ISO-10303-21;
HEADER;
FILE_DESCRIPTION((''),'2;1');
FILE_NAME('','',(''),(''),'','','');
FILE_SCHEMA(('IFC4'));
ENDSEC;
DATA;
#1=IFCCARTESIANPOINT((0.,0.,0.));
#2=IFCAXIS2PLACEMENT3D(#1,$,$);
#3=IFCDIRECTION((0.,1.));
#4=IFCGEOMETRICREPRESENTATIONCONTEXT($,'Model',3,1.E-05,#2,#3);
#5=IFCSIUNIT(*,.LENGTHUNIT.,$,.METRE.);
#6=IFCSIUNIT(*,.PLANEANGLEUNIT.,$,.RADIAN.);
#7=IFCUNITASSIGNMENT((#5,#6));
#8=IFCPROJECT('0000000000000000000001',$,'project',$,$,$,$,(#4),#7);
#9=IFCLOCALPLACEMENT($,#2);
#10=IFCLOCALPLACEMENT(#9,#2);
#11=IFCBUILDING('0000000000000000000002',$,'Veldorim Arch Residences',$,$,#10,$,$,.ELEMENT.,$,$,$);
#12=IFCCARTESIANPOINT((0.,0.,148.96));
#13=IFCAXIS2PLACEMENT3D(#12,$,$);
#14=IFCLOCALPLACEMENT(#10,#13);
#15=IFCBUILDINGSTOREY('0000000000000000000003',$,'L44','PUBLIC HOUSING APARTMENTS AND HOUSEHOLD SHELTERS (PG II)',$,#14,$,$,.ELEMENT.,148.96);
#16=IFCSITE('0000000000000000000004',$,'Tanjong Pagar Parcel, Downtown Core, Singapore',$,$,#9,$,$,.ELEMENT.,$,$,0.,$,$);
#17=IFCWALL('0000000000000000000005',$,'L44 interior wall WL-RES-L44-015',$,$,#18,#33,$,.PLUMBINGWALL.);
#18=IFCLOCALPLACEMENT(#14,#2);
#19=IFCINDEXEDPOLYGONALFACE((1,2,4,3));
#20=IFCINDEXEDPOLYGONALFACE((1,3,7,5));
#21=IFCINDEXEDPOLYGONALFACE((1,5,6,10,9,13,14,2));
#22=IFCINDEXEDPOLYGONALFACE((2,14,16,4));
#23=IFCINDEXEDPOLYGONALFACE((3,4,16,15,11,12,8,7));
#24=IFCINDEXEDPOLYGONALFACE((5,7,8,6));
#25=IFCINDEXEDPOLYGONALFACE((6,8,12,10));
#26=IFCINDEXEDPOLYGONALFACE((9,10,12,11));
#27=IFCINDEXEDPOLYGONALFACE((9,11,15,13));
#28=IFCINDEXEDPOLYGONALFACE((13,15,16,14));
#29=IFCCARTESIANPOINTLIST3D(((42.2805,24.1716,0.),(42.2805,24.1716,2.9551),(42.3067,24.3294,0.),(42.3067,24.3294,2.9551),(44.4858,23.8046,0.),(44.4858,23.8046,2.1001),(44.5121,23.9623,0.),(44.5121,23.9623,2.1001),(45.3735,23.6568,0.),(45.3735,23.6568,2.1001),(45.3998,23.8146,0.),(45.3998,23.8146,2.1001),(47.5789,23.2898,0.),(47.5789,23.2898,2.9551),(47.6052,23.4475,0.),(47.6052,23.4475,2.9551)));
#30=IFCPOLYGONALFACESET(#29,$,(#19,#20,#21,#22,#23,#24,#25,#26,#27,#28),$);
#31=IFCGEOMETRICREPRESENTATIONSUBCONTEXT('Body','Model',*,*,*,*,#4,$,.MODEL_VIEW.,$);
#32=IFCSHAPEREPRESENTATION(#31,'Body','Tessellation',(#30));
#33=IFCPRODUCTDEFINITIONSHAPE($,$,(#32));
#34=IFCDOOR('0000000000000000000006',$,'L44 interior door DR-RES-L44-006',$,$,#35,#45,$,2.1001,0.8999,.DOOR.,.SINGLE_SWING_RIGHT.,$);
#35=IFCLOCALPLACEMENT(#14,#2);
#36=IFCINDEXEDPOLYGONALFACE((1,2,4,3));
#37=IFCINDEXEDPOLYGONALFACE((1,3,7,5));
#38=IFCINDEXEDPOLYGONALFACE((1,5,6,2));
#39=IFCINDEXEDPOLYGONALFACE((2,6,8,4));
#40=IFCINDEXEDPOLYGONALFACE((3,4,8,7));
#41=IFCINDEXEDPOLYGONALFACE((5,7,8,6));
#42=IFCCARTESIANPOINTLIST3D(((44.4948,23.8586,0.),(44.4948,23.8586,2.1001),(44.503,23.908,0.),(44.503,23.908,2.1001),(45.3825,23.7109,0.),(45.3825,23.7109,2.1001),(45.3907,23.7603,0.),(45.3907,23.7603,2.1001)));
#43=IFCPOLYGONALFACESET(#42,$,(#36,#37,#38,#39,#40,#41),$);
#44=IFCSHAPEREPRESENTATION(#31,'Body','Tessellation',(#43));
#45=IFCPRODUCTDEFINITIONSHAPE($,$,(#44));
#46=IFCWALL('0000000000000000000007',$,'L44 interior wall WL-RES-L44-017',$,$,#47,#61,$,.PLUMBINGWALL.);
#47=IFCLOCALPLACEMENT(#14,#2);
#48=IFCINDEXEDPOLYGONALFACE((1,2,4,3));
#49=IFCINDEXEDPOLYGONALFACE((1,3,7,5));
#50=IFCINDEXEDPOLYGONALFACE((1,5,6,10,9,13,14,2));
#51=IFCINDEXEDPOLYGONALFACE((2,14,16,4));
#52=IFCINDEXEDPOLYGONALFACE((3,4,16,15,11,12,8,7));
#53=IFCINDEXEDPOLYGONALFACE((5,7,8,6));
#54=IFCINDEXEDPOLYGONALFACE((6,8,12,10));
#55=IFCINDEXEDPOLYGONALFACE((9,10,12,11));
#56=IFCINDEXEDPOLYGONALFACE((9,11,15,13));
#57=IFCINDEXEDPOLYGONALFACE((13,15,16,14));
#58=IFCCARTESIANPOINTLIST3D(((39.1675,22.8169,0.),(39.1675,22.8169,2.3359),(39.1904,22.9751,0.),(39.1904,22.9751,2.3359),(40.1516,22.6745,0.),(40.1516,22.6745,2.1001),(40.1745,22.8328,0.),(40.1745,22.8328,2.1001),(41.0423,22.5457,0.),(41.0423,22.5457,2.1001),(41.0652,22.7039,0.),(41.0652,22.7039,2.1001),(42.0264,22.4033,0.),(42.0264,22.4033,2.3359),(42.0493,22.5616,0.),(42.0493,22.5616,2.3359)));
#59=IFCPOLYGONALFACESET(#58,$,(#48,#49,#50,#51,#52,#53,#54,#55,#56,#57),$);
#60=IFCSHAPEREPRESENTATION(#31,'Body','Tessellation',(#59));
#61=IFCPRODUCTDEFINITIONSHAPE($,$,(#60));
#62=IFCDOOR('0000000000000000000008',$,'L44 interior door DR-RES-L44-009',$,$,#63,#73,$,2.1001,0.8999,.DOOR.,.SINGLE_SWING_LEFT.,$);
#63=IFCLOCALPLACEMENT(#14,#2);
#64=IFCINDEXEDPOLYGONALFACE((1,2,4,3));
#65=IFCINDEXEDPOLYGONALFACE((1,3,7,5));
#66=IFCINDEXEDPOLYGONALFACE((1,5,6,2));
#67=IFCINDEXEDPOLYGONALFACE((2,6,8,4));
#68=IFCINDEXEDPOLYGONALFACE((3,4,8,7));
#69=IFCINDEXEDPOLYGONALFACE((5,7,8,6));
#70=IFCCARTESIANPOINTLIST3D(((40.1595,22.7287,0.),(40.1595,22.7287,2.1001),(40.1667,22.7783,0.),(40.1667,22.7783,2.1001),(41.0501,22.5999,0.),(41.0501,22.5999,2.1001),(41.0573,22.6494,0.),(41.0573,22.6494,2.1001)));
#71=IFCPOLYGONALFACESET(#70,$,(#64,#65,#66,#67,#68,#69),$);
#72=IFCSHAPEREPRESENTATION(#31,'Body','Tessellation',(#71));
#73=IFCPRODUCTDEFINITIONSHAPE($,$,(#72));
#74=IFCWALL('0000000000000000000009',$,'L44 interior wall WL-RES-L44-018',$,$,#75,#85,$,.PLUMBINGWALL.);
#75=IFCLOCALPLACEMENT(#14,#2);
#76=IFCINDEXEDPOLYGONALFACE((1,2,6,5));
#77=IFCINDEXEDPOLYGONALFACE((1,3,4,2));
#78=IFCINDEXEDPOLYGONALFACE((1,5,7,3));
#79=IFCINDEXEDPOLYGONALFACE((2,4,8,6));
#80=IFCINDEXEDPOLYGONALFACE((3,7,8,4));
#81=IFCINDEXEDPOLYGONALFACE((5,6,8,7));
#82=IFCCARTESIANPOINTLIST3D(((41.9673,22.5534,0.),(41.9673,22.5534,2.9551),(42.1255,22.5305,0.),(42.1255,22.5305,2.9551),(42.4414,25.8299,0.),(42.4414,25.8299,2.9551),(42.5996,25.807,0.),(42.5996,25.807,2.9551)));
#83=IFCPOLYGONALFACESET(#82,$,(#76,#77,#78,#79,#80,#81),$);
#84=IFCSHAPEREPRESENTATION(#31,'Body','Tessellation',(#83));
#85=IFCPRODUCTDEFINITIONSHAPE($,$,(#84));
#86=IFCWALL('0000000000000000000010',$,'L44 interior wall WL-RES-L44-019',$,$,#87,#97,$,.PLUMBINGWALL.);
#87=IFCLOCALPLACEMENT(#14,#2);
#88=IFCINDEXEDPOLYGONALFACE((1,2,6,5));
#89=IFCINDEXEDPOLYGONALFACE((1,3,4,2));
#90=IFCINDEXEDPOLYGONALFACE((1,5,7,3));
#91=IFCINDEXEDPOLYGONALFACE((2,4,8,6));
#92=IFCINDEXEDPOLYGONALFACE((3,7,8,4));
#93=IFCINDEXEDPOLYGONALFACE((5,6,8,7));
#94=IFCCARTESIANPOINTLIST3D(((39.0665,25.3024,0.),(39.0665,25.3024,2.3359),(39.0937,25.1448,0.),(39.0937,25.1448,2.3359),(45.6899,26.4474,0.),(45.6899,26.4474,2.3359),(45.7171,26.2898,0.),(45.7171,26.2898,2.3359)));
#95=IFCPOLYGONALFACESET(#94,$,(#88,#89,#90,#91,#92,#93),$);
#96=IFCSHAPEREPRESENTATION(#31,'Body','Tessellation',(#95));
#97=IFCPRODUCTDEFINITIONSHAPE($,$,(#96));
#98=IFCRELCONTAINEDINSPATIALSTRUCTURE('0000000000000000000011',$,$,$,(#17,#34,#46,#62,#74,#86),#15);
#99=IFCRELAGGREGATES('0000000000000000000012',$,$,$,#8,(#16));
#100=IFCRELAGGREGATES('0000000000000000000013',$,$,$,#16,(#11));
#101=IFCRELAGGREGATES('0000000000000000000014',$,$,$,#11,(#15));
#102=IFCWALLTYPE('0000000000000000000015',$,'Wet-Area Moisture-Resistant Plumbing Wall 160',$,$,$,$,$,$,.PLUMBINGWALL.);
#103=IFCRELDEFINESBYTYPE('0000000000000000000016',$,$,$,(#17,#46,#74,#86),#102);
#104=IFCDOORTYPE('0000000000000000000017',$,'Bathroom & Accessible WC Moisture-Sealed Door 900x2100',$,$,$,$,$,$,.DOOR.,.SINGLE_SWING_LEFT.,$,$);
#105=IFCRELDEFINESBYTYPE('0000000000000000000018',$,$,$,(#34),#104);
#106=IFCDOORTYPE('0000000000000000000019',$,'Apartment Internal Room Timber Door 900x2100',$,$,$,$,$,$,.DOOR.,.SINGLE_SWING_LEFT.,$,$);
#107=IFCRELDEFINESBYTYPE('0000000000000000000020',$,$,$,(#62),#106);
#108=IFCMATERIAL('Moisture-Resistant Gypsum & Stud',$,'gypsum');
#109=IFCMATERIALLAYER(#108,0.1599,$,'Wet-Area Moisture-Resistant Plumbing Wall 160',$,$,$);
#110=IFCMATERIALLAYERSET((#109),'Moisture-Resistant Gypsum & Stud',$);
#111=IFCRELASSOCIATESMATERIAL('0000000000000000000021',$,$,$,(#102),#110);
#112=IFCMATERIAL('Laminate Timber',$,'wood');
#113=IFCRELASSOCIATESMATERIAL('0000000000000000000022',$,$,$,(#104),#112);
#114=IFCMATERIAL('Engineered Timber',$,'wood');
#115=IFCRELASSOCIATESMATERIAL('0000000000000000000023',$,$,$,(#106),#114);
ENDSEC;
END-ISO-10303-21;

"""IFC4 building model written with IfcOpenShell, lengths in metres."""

from ifc_helpers import new_model, si_unit, direction, frame, frame_2d, origin, place, context, subcontext, project, spatial, rectangle, extrude, material, layer, layer_set, type_object, element, fill, save


model = new_model("IFC4")

# Units and contexts
model_context = context("Model", 3, precision=1e-05, world=origin(), true_north=direction((0.0, 1.0)))
body_context = subcontext(model_context, "Body", "Model", "MODEL_VIEW")
ifc_project = project(units=[si_unit("LENGTHUNIT", "METRE"), si_unit("PLANEANGLEUNIT", "RADIAN")], contexts=[model_context])

# Site, building, storey
site_placement = place(None, origin())
site = spatial("IfcSite", under=ifc_project, at=site_placement, Name="Tanjong Pagar Parcel, Downtown Core, Singapore", CompositionType="ELEMENT", RefElevation=0.0)
building_placement = place(site_placement, origin())
building = spatial("IfcBuilding", under=site, at=building_placement, Name="Veldorim Arch Residences", CompositionType="ELEMENT")
storey_placement = place(building_placement, frame((0.0, 0.0, 148.96)))
storey = spatial("IfcBuildingStorey", under=building, at=storey_placement, Name="L44", Description="PUBLIC HOUSING APARTMENTS AND HOUSEHOLD SHELTERS (PG II)", CompositionType="ELEMENT", Elevation=148.96)

# Walls, openings, doors
ifc_material_1 = material(Name="Moisture-Resistant Gypsum & Stud", Category="gypsum")
ifc_layer_1 = layer(ifc_material_1, 0.1599, Name="Wet-Area Moisture-Resistant Plumbing Wall 160")
ifc_layer_set_1 = layer_set([ifc_layer_1], Name="Moisture-Resistant Gypsum & Stud")
wall_type_1 = type_object("IfcWallType", Name="Wet-Area Moisture-Resistant Plumbing Wall 160", PredefinedType="PLUMBINGWALL", material=ifc_layer_set_1)
wall_1_placement = place(storey_placement, frame((42.2937, 24.2505, 0.0), z_axis=(0.0, 0.0, 1.0), x_axis=(0.986431, -0.164178, 0.0)))
wall_1 = element("IfcWall", 1, at=wall_1_placement, inside=storey, type_object=wall_type_1, Name="L44 interior wall WL-RES-L44-015", PredefinedType="PLUMBINGWALL", context=body_context, shape_type="SweptSolid", body=[
    extrude(rectangle(XDim=5.3713, YDim=0.1599, at=frame_2d((2.6855, 0.0))), origin(), (0.0, 0.0, 1.0), 2.9551),
])
opening_1_placement = place(wall_1_placement, frame((2.2356, 0.0, 0.0)))
opening_1 = element("IfcOpeningElement", 2, at=opening_1_placement, cuts=wall_1, PredefinedType="OPENING", context=body_context, shape_type="SweptSolid", body=[
    extrude(rectangle(XDim=0.8999, YDim=2.1001, at=frame_2d((0.45, 1.05))), frame((0.0, 0.0898, 0.0), z_axis=(0.0, -1.0, 0.0), x_axis=(1.0, 0.0, 0.0)), (0.0, 0.0, 1.0), 0.1799),
])
ifc_material_2 = material(Name="Laminate Timber", Category="wood")
door_type_1 = type_object("IfcDoorType", Name="Bathroom & Accessible WC Moisture-Sealed Door 900x2100", OperationType="SINGLE_SWING_LEFT", PredefinedType="DOOR", material=ifc_material_2)
door_1_placement = place(opening_1_placement, origin())
door_1 = element("IfcDoor", 3, at=door_1_placement, inside=storey, type_object=door_type_1, Name="L44 interior door DR-RES-L44-006", OperationType="SINGLE_SWING_RIGHT", OverallHeight=2.1001, OverallWidth=0.8999, PredefinedType="DOOR", context=body_context, shape_type="SweptSolid", body=[
    extrude(rectangle(XDim=0.8999, YDim=2.1001, at=frame_2d((0.45, 1.05))), frame((0.0, 0.0249, 0.0), z_axis=(0.0, -1.0, 0.0), x_axis=(1.0, 0.0, 0.0)), (0.0, 0.0, 1.0), 0.05),
])
fill(opening_1, door_1)
wall_2_placement = place(storey_placement, frame((39.179, 22.896, 0.0), z_axis=(0.0, 0.0, 1.0), x_axis=(0.989698, -0.143172, 0.0)))
wall_2 = element("IfcWall", 4, at=wall_2_placement, inside=storey, type_object=wall_type_1, Name="L44 interior wall WL-RES-L44-017", PredefinedType="PLUMBINGWALL", context=body_context, shape_type="SweptSolid", body=[
    extrude(rectangle(XDim=2.8887, YDim=0.1599, at=frame_2d((1.4443, 0.0))), origin(), (0.0, 0.0, 1.0), 2.3359),
])
opening_2_placement = place(wall_2_placement, frame((0.9944, 0.0, 0.0)))
opening_2 = element("IfcOpeningElement", 5, at=opening_2_placement, cuts=wall_2, PredefinedType="OPENING", context=body_context, shape_type="SweptSolid", body=[
    extrude(rectangle(XDim=0.8999, YDim=2.1001, at=frame_2d((0.45, 1.05))), frame((0.0, 0.0898, 0.0), z_axis=(0.0, -1.0, 0.0), x_axis=(1.0, 0.0, 0.0)), (0.0, 0.0, 1.0), 0.1799),
])
ifc_material_3 = material(Name="Engineered Timber", Category="wood")
door_type_2 = type_object("IfcDoorType", Name="Apartment Internal Room Timber Door 900x2100", OperationType="SINGLE_SWING_LEFT", PredefinedType="DOOR", material=ifc_material_3)
door_2_placement = place(opening_2_placement, origin())
door_2 = element("IfcDoor", 6, at=door_2_placement, inside=storey, type_object=door_type_2, Name="L44 interior door DR-RES-L44-009", OperationType="SINGLE_SWING_LEFT", OverallHeight=2.1001, OverallWidth=0.8999, PredefinedType="DOOR", context=body_context, shape_type="SweptSolid", body=[
    extrude(rectangle(XDim=0.8999, YDim=2.1001, at=frame_2d((0.45, 1.05))), frame((0.0, 0.0249, 0.0), z_axis=(0.0, -1.0, 0.0), x_axis=(1.0, 0.0, 0.0)), (0.0, 0.0, 1.0), 0.05),
])
fill(opening_2, door_2)

# Walls
wall_3_placement = place(storey_placement, frame((42.0464, 22.542, 0.0), z_axis=(0.0, 0.0, 1.0), x_axis=(0.143218, 0.989691, 0.0)))
element("IfcWall", 7, at=wall_3_placement, inside=storey, type_object=wall_type_1, Name="L44 interior wall WL-RES-L44-018", PredefinedType="PLUMBINGWALL", context=body_context, shape_type="SweptSolid", body=[
    extrude(rectangle(XDim=3.3105, YDim=0.1599, at=frame_2d((1.6553, 0.0))), origin(), (0.0, 0.0, 1.0), 2.9551),
])
wall_4_placement = place(storey_placement, frame((39.0801, 25.2236, 0.0), z_axis=(0.0, 0.0, 1.0), x_axis=(0.985385, 0.170345, 0.0)))
element("IfcWall", 8, at=wall_4_placement, inside=storey, type_object=wall_type_1, Name="L44 interior wall WL-RES-L44-019", PredefinedType="PLUMBINGWALL", context=body_context, shape_type="SweptSolid", body=[
    extrude(rectangle(XDim=6.7217, YDim=0.1599, at=frame_2d((3.3608, 0.0))), origin(), (0.0, 0.0, 1.0), 2.3359),
])

save(model, "model.ifc")
